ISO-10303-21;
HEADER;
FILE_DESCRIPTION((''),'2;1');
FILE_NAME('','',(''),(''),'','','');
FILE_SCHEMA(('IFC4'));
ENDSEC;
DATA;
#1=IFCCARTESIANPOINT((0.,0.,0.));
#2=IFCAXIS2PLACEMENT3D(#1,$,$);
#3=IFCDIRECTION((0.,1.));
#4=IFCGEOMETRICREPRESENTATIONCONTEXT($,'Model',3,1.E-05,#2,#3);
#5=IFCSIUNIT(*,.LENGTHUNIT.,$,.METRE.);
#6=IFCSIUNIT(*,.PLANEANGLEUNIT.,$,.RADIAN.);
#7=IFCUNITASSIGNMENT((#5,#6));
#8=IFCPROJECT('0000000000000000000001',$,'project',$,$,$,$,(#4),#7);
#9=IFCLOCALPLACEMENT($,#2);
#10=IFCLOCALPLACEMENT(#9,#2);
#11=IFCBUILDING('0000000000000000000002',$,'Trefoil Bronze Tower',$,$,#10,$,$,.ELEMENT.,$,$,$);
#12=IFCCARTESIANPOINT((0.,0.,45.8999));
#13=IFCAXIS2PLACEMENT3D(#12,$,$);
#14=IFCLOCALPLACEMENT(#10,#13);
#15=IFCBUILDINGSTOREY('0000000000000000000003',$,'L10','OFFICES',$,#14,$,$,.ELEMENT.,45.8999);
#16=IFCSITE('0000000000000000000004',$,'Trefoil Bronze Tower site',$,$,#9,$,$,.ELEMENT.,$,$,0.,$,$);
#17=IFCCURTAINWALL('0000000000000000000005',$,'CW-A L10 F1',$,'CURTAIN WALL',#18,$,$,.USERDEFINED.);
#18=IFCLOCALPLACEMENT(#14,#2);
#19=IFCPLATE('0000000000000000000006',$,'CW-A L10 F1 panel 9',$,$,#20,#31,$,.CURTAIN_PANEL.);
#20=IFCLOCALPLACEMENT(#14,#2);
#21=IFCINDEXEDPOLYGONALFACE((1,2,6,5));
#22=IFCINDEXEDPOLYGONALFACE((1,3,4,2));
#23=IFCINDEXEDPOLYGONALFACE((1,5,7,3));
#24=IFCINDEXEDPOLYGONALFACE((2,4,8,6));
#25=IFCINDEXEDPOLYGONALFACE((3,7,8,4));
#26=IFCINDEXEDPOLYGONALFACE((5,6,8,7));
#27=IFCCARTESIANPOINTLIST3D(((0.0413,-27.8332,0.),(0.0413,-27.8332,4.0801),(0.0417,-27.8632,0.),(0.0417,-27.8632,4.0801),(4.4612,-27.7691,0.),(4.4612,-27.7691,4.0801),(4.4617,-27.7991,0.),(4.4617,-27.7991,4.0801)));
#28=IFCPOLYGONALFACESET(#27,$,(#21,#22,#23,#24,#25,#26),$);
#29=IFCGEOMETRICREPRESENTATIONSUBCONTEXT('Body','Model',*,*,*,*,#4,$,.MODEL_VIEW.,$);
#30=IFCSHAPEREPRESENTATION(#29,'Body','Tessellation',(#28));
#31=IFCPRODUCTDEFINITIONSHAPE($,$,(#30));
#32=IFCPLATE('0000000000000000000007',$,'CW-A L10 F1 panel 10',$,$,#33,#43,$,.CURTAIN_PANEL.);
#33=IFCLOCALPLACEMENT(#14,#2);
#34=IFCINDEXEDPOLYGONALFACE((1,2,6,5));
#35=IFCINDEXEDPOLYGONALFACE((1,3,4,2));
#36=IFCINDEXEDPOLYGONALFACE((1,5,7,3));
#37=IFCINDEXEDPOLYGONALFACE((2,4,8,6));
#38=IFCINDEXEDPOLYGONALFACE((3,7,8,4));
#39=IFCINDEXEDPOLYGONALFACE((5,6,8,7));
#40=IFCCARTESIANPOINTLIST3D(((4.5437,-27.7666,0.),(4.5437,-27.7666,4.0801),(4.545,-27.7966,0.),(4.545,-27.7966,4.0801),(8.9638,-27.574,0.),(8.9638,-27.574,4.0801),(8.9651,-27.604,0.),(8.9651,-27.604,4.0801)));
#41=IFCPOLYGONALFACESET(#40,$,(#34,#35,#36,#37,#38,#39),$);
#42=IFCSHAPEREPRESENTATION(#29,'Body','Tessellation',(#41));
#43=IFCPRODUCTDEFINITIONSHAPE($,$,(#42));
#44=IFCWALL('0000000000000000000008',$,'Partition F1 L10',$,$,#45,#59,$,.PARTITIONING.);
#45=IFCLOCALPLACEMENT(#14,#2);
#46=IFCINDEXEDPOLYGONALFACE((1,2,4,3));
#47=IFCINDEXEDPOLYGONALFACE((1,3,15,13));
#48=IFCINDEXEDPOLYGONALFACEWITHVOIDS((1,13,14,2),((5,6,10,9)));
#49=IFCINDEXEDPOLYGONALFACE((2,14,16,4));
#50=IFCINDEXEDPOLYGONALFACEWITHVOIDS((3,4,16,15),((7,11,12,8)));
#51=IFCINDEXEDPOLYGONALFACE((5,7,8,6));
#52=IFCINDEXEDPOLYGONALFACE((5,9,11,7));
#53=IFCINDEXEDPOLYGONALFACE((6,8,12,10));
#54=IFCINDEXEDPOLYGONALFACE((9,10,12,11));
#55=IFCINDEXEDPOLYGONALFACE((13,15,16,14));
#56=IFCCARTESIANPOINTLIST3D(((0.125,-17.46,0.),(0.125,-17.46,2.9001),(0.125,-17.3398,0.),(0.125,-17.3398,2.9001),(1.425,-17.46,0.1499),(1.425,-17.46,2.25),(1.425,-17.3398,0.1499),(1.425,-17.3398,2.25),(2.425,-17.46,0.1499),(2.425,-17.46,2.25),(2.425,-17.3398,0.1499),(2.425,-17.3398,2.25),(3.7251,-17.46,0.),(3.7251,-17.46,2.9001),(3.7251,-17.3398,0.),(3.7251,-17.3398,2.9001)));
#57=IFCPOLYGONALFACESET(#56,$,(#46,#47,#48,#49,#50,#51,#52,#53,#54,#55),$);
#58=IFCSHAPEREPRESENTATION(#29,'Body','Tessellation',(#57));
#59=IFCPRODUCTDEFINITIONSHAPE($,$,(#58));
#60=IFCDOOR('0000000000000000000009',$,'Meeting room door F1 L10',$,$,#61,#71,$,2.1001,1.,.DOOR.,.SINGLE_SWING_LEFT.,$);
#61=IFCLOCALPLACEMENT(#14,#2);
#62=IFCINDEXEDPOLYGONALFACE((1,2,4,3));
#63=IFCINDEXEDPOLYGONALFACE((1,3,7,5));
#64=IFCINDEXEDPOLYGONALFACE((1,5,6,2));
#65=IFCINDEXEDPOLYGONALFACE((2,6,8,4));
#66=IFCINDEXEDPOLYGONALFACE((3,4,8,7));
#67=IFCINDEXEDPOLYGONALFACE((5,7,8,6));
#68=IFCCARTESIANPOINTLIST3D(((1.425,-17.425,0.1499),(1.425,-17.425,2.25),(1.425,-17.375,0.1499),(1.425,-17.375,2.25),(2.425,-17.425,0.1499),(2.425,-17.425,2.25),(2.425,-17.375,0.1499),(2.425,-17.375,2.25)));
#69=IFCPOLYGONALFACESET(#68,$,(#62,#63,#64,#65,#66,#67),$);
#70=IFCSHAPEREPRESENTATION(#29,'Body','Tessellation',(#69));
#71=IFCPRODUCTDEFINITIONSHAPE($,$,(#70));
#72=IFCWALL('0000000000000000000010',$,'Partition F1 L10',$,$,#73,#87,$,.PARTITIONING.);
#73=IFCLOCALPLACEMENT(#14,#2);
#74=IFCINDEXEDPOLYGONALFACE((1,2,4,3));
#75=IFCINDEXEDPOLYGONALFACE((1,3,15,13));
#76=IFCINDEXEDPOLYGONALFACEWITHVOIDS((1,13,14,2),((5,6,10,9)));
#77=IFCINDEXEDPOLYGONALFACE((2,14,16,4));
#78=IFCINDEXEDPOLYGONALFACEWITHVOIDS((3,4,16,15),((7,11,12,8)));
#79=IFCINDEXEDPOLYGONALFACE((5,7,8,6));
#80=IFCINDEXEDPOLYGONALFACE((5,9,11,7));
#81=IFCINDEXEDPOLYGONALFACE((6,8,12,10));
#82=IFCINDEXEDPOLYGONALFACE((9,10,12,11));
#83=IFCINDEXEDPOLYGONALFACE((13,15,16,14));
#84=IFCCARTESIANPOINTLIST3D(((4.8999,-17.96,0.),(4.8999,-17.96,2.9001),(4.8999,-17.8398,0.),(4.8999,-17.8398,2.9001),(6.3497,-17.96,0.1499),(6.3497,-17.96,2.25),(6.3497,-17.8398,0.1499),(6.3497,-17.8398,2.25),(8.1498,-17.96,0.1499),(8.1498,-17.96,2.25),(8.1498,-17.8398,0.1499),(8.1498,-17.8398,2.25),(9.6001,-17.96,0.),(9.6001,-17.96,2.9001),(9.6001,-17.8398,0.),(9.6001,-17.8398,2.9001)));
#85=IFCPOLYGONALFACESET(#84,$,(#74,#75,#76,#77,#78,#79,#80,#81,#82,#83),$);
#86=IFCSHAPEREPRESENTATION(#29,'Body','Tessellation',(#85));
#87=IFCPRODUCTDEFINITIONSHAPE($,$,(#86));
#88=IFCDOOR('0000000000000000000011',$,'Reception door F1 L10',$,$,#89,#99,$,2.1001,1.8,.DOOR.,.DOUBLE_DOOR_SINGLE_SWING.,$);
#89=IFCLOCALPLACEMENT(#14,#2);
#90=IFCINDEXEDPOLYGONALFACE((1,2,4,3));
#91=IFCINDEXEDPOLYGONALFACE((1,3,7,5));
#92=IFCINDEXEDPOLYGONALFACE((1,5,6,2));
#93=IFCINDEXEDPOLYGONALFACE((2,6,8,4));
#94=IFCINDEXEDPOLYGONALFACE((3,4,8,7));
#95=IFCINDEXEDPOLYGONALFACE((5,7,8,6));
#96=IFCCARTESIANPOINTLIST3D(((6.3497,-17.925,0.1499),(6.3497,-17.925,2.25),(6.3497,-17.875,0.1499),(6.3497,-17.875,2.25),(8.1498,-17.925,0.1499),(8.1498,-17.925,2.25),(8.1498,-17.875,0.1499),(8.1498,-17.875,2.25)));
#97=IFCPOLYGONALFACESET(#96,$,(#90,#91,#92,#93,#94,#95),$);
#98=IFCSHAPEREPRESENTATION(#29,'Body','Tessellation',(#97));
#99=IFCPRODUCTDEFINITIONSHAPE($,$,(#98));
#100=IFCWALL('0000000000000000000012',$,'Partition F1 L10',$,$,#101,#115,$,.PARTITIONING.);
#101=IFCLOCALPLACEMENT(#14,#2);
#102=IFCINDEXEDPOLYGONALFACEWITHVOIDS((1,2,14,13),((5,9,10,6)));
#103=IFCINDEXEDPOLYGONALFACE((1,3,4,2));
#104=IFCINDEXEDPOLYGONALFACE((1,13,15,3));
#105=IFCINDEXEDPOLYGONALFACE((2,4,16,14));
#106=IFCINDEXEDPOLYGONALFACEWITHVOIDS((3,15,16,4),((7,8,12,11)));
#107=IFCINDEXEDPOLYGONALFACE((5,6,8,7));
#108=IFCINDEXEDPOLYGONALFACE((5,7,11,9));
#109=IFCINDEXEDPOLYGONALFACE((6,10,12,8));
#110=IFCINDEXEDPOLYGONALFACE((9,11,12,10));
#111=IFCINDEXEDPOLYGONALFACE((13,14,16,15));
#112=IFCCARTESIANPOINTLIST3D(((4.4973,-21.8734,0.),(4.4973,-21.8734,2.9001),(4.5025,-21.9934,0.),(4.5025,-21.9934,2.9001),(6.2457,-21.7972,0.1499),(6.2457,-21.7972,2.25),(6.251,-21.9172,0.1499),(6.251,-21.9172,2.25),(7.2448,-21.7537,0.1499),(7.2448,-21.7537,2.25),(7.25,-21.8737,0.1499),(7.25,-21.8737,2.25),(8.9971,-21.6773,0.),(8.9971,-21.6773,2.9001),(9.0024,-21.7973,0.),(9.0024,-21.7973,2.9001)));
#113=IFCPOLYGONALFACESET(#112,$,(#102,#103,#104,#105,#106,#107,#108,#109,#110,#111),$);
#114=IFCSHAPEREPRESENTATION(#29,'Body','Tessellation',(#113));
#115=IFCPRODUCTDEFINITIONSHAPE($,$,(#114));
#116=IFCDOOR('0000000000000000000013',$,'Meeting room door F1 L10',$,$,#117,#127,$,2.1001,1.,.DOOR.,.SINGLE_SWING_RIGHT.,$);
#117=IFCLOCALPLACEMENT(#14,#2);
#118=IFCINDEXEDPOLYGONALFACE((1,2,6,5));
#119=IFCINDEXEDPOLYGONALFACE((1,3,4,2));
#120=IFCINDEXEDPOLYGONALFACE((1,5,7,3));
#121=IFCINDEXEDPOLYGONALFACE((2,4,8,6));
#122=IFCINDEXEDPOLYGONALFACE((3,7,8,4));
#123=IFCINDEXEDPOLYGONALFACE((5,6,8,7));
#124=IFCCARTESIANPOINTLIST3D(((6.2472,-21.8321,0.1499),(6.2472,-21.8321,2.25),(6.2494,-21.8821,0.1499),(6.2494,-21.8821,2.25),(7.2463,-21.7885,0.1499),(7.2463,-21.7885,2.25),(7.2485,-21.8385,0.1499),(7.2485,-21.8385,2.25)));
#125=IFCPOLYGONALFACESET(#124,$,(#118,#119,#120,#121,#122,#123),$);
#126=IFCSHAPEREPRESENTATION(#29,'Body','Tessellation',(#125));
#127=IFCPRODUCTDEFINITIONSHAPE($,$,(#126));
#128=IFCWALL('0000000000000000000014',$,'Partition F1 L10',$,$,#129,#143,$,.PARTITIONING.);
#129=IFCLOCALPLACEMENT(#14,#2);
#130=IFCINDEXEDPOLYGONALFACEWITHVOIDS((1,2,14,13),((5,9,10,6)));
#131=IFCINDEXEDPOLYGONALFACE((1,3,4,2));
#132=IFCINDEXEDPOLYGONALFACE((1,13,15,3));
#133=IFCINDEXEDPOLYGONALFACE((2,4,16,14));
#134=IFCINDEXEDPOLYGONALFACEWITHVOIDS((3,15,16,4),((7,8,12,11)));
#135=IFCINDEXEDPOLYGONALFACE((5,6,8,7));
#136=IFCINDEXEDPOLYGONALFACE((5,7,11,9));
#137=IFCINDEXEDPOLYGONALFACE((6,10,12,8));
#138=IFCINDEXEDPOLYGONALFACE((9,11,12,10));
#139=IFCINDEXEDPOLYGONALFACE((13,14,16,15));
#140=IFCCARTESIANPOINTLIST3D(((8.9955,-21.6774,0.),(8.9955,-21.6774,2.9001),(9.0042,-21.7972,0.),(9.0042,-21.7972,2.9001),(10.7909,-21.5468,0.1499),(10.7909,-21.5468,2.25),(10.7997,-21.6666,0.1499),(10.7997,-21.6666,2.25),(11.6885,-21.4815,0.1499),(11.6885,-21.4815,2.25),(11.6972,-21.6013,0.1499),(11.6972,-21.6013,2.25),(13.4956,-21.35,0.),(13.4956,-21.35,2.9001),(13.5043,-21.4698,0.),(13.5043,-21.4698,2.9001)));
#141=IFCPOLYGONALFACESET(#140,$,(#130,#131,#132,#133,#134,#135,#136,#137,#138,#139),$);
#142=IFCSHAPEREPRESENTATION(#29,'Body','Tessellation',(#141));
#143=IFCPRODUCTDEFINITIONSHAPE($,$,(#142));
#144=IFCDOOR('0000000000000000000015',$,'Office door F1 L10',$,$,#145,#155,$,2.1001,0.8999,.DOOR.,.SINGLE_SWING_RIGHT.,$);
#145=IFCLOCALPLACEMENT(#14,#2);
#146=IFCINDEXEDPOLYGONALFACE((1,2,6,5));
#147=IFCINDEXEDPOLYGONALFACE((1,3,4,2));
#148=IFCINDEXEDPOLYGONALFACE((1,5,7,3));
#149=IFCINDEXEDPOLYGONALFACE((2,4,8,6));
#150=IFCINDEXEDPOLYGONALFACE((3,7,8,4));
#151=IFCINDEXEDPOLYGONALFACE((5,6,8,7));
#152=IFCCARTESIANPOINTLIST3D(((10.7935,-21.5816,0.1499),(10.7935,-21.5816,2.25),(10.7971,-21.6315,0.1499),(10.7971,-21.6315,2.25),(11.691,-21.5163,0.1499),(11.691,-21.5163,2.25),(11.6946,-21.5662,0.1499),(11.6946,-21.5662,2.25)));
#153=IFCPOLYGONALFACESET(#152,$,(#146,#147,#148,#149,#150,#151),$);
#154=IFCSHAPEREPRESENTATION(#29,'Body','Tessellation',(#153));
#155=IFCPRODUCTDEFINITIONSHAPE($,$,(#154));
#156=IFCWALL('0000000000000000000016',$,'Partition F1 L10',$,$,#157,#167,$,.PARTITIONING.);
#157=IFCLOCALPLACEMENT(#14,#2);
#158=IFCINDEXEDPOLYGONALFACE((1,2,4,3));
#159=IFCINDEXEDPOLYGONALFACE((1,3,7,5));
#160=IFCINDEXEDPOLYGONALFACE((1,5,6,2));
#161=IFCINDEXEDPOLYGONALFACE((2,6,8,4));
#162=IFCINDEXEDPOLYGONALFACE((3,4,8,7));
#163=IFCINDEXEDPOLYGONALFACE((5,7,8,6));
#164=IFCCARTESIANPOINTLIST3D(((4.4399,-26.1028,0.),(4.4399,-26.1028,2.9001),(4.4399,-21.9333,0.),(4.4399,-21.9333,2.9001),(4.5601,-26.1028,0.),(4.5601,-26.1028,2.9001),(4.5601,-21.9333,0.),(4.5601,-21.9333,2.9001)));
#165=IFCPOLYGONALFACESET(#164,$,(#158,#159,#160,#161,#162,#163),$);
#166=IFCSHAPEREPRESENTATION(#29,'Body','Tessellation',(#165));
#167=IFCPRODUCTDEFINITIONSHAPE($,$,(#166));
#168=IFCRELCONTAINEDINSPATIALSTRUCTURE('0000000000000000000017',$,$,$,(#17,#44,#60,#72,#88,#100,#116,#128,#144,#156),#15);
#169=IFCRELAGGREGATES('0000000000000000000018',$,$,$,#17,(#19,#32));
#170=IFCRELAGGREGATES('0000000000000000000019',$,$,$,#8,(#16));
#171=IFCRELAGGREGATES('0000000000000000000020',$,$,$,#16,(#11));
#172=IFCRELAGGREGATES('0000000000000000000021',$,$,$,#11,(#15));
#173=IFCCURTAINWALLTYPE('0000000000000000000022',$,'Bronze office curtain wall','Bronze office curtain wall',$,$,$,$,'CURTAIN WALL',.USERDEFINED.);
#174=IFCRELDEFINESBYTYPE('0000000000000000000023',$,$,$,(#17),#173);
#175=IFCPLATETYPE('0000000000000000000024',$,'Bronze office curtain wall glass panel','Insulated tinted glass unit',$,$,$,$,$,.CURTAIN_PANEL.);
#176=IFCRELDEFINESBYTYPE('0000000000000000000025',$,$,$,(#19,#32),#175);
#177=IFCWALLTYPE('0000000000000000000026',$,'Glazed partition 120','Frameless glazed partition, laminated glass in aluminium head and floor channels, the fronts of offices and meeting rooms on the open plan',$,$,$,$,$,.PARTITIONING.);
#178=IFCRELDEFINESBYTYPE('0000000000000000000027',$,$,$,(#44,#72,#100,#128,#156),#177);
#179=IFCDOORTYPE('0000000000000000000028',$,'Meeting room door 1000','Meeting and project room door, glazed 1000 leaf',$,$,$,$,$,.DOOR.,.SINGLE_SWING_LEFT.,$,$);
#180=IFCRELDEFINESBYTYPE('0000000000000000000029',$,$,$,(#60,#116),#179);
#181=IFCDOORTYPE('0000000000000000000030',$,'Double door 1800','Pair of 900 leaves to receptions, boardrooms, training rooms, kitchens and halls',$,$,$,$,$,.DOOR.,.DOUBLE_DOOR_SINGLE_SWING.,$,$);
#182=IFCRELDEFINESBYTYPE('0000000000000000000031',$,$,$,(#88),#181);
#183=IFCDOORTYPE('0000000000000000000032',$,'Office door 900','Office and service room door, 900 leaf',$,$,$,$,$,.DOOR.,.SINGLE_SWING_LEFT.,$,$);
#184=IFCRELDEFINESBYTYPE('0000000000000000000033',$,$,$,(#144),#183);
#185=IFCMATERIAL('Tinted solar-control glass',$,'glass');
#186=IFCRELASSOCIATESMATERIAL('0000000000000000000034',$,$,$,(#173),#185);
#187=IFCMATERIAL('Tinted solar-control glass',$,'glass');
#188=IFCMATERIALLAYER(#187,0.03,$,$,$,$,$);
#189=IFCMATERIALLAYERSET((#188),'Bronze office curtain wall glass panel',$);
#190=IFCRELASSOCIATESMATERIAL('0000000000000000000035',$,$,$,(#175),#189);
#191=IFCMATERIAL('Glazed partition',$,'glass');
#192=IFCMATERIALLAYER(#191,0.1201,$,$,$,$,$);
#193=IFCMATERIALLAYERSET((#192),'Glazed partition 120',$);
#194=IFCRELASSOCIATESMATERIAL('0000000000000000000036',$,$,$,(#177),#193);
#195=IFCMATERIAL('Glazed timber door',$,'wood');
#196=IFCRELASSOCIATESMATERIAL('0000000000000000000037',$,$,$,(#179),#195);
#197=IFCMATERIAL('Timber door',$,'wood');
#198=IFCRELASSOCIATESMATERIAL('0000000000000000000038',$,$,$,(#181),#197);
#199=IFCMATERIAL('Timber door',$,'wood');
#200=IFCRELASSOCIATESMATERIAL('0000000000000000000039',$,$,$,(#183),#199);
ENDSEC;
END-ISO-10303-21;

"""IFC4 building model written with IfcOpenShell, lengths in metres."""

from ifc_helpers import new_model, si_unit, direction, frame, frame_2d, origin, origin_2d, place, context, subcontext, project, spatial, rectangle, extrude, material, layer, layer_set, type_object, element, fill, aggregate, save


model = new_model("IFC4")

# Units and contexts
model_context = context("Model", 3, precision=1e-05, world=origin(), true_north=direction((0.0, 1.0)))
body_context = subcontext(model_context, "Body", "Model", "MODEL_VIEW")
ifc_project = project(units=[si_unit("LENGTHUNIT", "METRE"), si_unit("PLANEANGLEUNIT", "RADIAN")], contexts=[model_context])

# Site, building, storey
site_placement = place(None, origin())
site = spatial("IfcSite", under=ifc_project, at=site_placement, Name="Trefoil Bronze Tower site", CompositionType="ELEMENT", RefElevation=0.0)
building_placement = place(site_placement, origin())
building = spatial("IfcBuilding", under=site, at=building_placement, Name="Trefoil Bronze Tower", CompositionType="ELEMENT")
storey_placement = place(building_placement, frame((0.0, 0.0, 45.8999)))
storey = spatial("IfcBuildingStorey", under=building, at=storey_placement, Name="L10", Description="OFFICES", CompositionType="ELEMENT", Elevation=45.8999)

# Curtain wall
ifc_material_1 = material(Name="Tinted solar-control glass", Category="glass")
curtain_wall_type = type_object("IfcCurtainWallType", Name="Bronze office curtain wall", Description="Bronze office curtain wall", ElementType="CURTAIN WALL", PredefinedType="USERDEFINED", material=ifc_material_1)
curtain_wall_placement = place(storey_placement, origin())
curtain_wall = element("IfcCurtainWall", 1, at=curtain_wall_placement, inside=storey, type_object=curtain_wall_type, Name="CW-A L10 F1", ObjectType="CURTAIN WALL", PredefinedType="USERDEFINED")

# Plates
ifc_material_2 = material(Name="Tinted solar-control glass", Category="glass")
ifc_layer_1 = layer(ifc_material_2, 0.03)
ifc_layer_set_1 = layer_set([ifc_layer_1], Name="Bronze office curtain wall glass panel")
plate_type = type_object("IfcPlateType", Name="Bronze office curtain wall glass panel", Description="Insulated tinted glass unit", PredefinedType="CURTAIN_PANEL", material=ifc_layer_set_1)
plate_1_placement = place(storey_placement, frame((2.2515, -27.8162, 0.0), z_axis=(0.0, 0.0, 1.0), x_axis=(0.999895, 0.014509, 0.0)))
plate_1 = element("IfcPlate", 2, at=plate_1_placement, type_object=plate_type, Name="CW-A L10 F1 panel 9", PredefinedType="CURTAIN_PANEL", context=body_context, shape_type="SweptSolid", body=[
    extrude(rectangle(XDim=4.4204, YDim=0.03, at=origin_2d()), origin(), (0.0, 0.0, 1.0), 4.0801),
])
plate_2_placement = place(storey_placement, frame((6.7544, -27.6853, 0.0), z_axis=(0.0, 0.0, 1.0), x_axis=(0.999052, 0.043528, 0.0)))
plate_2 = element("IfcPlate", 3, at=plate_2_placement, type_object=plate_type, Name="CW-A L10 F1 panel 10", PredefinedType="CURTAIN_PANEL", context=body_context, shape_type="SweptSolid", body=[
    extrude(rectangle(XDim=4.4243, YDim=0.03, at=origin_2d()), origin(), (0.0, 0.0, 1.0), 4.0801),
])
aggregate(curtain_wall, [plate_1, plate_2])

# Walls, openings, doors
ifc_material_3 = material(Name="Glazed partition", Category="glass")
ifc_layer_2 = layer(ifc_material_3, 0.1201)
ifc_layer_set_2 = layer_set([ifc_layer_2], Name="Glazed partition 120")
wall_type = type_object("IfcWallType", Name="Glazed partition 120", Description="Frameless glazed partition, laminated glass in aluminium head and floor channels, the fronts of offices and meeting rooms on the open plan", PredefinedType="PARTITIONING", material=ifc_layer_set_2)
wall_1_placement = place(storey_placement, frame((0.125, -17.3999, 0.0), z_axis=(0.0, 0.0, 1.0), x_axis=(1.0, 0.0, 0.0)))
wall_1 = element("IfcWall", 4, at=wall_1_placement, inside=storey, type_object=wall_type, Name="Partition F1 L10", PredefinedType="PARTITIONING", context=body_context, shape_type="SweptSolid", body=[
    extrude(rectangle(XDim=3.6001, YDim=0.1201, at=frame_2d((1.8, 0.0))), origin(), (0.0, 0.0, 1.0), 2.9001),
])
opening_1_placement = place(wall_1_placement, frame((1.3, 0.0, 0.1499)))
opening_1 = element("IfcOpeningElement", 5, at=opening_1_placement, cuts=wall_1, PredefinedType="OPENING", context=body_context, shape_type="SweptSolid", body=[
    extrude(rectangle(XDim=1.0, YDim=2.1001, at=frame_2d((0.5, 1.05))), frame((0.0, 0.0701, 0.0), z_axis=(0.0, -1.0, 0.0), x_axis=(1.0, 0.0, 0.0)), (0.0, 0.0, 1.0), 0.1401),
])
ifc_material_4 = material(Name="Glazed timber door", Category="wood")
door_type_1 = type_object("IfcDoorType", Name="Meeting room door 1000", Description="Meeting and project room door, glazed 1000 leaf", OperationType="SINGLE_SWING_LEFT", PredefinedType="DOOR", material=ifc_material_4)
door_1_placement = place(opening_1_placement, origin())
door_1 = element("IfcDoor", 6, at=door_1_placement, inside=storey, type_object=door_type_1, Name="Meeting room door F1 L10", OperationType="SINGLE_SWING_LEFT", OverallHeight=2.1001, OverallWidth=1.0, PredefinedType="DOOR", context=body_context, shape_type="SweptSolid", body=[
    extrude(rectangle(XDim=1.0, YDim=2.1001, at=frame_2d((0.5, 1.05))), frame((0.0, 0.0249, 0.0), z_axis=(0.0, -1.0, 0.0), x_axis=(1.0, 0.0, 0.0)), (0.0, 0.0, 1.0), 0.05),
])
fill(opening_1, door_1)
wall_2_placement = place(storey_placement, frame((4.8999, -17.8999, 0.0), z_axis=(0.0, 0.0, 1.0), x_axis=(1.0, 0.0, 0.0)))
wall_2 = element("IfcWall", 7, at=wall_2_placement, inside=storey, type_object=wall_type, Name="Partition F1 L10", PredefinedType="PARTITIONING", context=body_context, shape_type="SweptSolid", body=[
    extrude(rectangle(XDim=4.7002, YDim=0.1201, at=frame_2d((2.3501, 0.0))), origin(), (0.0, 0.0, 1.0), 2.9001),
])
opening_2_placement = place(wall_2_placement, frame((1.45, 0.0, 0.1499)))
opening_2 = element("IfcOpeningElement", 8, at=opening_2_placement, cuts=wall_2, PredefinedType="OPENING", context=body_context, shape_type="SweptSolid", body=[
    extrude(rectangle(XDim=1.8, YDim=2.1001, at=frame_2d((0.8999, 1.05))), frame((0.0, 0.0701, 0.0), z_axis=(0.0, -1.0, 0.0), x_axis=(1.0, 0.0, 0.0)), (0.0, 0.0, 1.0), 0.1401),
])
ifc_material_5 = material(Name="Timber door", Category="wood")
door_type_2 = type_object("IfcDoorType", Name="Double door 1800", Description="Pair of 900 leaves to receptions, boardrooms, training rooms, kitchens and halls", OperationType="DOUBLE_DOOR_SINGLE_SWING", PredefinedType="DOOR", material=ifc_material_5)
door_2_placement = place(opening_2_placement, origin())
door_2 = element("IfcDoor", 9, at=door_2_placement, inside=storey, type_object=door_type_2, Name="Reception door F1 L10", OperationType="DOUBLE_DOOR_SINGLE_SWING", OverallHeight=2.1001, OverallWidth=1.8, PredefinedType="DOOR", context=body_context, shape_type="SweptSolid", body=[
    extrude(rectangle(XDim=1.8, YDim=2.1001, at=frame_2d((0.8999, 1.05))), frame((0.0, 0.0249, 0.0), z_axis=(0.0, -1.0, 0.0), x_axis=(1.0, 0.0, 0.0)), (0.0, 0.0, 1.0), 0.05),
])
fill(opening_2, door_2)
wall_3_placement = place(storey_placement, frame((4.5, -21.9333, 0.0), z_axis=(0.0, 0.0, 1.0), x_axis=(0.999052, 0.043524, 0.0)))
wall_3 = element("IfcWall", 10, at=wall_3_placement, inside=storey, type_object=wall_type, Name="Partition F1 L10", PredefinedType="PARTITIONING", context=body_context, shape_type="SweptSolid", body=[
    extrude(rectangle(XDim=4.5042, YDim=0.1201, at=frame_2d((2.252, 0.0))), origin(), (0.0, 0.0, 1.0), 2.9001),
])
opening_3_placement = place(wall_3_placement, frame((1.75, 0.0, 0.1499)))
opening_3 = element("IfcOpeningElement", 11, at=opening_3_placement, cuts=wall_3, PredefinedType="OPENING", context=body_context, shape_type="SweptSolid", body=[
    extrude(rectangle(XDim=1.0, YDim=2.1001, at=frame_2d((0.5, 1.05))), frame((0.0, 0.0701, 0.0), z_axis=(0.0, -1.0, 0.0), x_axis=(1.0, 0.0, 0.0)), (0.0, 0.0, 1.0), 0.1401),
])
door_3_placement = place(opening_3_placement, frame((1.0, 0.0, 0.0), z_axis=(0.0, 0.0, 1.0), x_axis=(-1.0, 0.0, 0.0)))
door_3 = element("IfcDoor", 12, at=door_3_placement, inside=storey, type_object=door_type_1, Name="Meeting room door F1 L10", OperationType="SINGLE_SWING_RIGHT", OverallHeight=2.1001, OverallWidth=1.0, PredefinedType="DOOR", context=body_context, shape_type="SweptSolid", body=[
    extrude(rectangle(XDim=1.0, YDim=2.1001, at=frame_2d((0.5, 1.05))), frame((0.0, 0.0249, 0.0), z_axis=(0.0, -1.0, 0.0), x_axis=(1.0, 0.0, 0.0)), (0.0, 0.0, 1.0), 0.05),
])
fill(opening_3, door_3)
wall_4_placement = place(storey_placement, frame((9.0, -21.7373, 0.0), z_axis=(0.0, 0.0, 1.0), x_axis=(0.997364, 0.072562, 0.0)))
wall_4 = element("IfcWall", 13, at=wall_4_placement, inside=storey, type_object=wall_type, Name="Partition F1 L10", PredefinedType="PARTITIONING", context=body_context, shape_type="SweptSolid", body=[
    extrude(rectangle(XDim=4.512, YDim=0.1201, at=frame_2d((2.2559, 0.0))), origin(), (0.0, 0.0, 1.0), 2.9001),
])
opening_4_placement = place(wall_4_placement, frame((1.8, 0.0, 0.1499)))
opening_4 = element("IfcOpeningElement", 14, at=opening_4_placement, cuts=wall_4, PredefinedType="OPENING", context=body_context, shape_type="SweptSolid", body=[
    extrude(rectangle(XDim=0.8999, YDim=2.1001, at=frame_2d((0.45, 1.05))), frame((0.0, 0.0701, 0.0), z_axis=(0.0, -1.0, 0.0), x_axis=(1.0, 0.0, 0.0)), (0.0, 0.0, 1.0), 0.1401),
])
ifc_material_6 = material(Name="Timber door", Category="wood")
door_type_3 = type_object("IfcDoorType", Name="Office door 900", Description="Office and service room door, 900 leaf", OperationType="SINGLE_SWING_LEFT", PredefinedType="DOOR", material=ifc_material_6)
door_4_placement = place(opening_4_placement, frame((0.8999, 0.0, 0.0), z_axis=(0.0, 0.0, 1.0), x_axis=(-1.0, 0.0, 0.0)))
door_4 = element("IfcDoor", 15, at=door_4_placement, inside=storey, type_object=door_type_3, Name="Office door F1 L10", OperationType="SINGLE_SWING_RIGHT", OverallHeight=2.1001, OverallWidth=0.8999, PredefinedType="DOOR", context=body_context, shape_type="SweptSolid", body=[
    extrude(rectangle(XDim=0.8999, YDim=2.1001, at=frame_2d((0.45, 1.05))), frame((0.0, 0.0249, 0.0), z_axis=(0.0, -1.0, 0.0), x_axis=(1.0, 0.0, 0.0)), (0.0, 0.0, 1.0), 0.05),
])
fill(opening_4, door_4)

# Wall
wall_5_placement = place(storey_placement, frame((4.5, -21.9333, 0.0), z_axis=(0.0, 0.0, 1.0), x_axis=(0.0, -1.0, 0.0)))
element("IfcWall", 16, at=wall_5_placement, inside=storey, type_object=wall_type, Name="Partition F1 L10", PredefinedType="PARTITIONING", context=body_context, shape_type="SweptSolid", body=[
    extrude(rectangle(XDim=4.1694, YDim=0.1201, at=frame_2d((2.0847, 0.0))), origin(), (0.0, 0.0, 1.0), 2.9001),
])

save(model, "model.ifc")
